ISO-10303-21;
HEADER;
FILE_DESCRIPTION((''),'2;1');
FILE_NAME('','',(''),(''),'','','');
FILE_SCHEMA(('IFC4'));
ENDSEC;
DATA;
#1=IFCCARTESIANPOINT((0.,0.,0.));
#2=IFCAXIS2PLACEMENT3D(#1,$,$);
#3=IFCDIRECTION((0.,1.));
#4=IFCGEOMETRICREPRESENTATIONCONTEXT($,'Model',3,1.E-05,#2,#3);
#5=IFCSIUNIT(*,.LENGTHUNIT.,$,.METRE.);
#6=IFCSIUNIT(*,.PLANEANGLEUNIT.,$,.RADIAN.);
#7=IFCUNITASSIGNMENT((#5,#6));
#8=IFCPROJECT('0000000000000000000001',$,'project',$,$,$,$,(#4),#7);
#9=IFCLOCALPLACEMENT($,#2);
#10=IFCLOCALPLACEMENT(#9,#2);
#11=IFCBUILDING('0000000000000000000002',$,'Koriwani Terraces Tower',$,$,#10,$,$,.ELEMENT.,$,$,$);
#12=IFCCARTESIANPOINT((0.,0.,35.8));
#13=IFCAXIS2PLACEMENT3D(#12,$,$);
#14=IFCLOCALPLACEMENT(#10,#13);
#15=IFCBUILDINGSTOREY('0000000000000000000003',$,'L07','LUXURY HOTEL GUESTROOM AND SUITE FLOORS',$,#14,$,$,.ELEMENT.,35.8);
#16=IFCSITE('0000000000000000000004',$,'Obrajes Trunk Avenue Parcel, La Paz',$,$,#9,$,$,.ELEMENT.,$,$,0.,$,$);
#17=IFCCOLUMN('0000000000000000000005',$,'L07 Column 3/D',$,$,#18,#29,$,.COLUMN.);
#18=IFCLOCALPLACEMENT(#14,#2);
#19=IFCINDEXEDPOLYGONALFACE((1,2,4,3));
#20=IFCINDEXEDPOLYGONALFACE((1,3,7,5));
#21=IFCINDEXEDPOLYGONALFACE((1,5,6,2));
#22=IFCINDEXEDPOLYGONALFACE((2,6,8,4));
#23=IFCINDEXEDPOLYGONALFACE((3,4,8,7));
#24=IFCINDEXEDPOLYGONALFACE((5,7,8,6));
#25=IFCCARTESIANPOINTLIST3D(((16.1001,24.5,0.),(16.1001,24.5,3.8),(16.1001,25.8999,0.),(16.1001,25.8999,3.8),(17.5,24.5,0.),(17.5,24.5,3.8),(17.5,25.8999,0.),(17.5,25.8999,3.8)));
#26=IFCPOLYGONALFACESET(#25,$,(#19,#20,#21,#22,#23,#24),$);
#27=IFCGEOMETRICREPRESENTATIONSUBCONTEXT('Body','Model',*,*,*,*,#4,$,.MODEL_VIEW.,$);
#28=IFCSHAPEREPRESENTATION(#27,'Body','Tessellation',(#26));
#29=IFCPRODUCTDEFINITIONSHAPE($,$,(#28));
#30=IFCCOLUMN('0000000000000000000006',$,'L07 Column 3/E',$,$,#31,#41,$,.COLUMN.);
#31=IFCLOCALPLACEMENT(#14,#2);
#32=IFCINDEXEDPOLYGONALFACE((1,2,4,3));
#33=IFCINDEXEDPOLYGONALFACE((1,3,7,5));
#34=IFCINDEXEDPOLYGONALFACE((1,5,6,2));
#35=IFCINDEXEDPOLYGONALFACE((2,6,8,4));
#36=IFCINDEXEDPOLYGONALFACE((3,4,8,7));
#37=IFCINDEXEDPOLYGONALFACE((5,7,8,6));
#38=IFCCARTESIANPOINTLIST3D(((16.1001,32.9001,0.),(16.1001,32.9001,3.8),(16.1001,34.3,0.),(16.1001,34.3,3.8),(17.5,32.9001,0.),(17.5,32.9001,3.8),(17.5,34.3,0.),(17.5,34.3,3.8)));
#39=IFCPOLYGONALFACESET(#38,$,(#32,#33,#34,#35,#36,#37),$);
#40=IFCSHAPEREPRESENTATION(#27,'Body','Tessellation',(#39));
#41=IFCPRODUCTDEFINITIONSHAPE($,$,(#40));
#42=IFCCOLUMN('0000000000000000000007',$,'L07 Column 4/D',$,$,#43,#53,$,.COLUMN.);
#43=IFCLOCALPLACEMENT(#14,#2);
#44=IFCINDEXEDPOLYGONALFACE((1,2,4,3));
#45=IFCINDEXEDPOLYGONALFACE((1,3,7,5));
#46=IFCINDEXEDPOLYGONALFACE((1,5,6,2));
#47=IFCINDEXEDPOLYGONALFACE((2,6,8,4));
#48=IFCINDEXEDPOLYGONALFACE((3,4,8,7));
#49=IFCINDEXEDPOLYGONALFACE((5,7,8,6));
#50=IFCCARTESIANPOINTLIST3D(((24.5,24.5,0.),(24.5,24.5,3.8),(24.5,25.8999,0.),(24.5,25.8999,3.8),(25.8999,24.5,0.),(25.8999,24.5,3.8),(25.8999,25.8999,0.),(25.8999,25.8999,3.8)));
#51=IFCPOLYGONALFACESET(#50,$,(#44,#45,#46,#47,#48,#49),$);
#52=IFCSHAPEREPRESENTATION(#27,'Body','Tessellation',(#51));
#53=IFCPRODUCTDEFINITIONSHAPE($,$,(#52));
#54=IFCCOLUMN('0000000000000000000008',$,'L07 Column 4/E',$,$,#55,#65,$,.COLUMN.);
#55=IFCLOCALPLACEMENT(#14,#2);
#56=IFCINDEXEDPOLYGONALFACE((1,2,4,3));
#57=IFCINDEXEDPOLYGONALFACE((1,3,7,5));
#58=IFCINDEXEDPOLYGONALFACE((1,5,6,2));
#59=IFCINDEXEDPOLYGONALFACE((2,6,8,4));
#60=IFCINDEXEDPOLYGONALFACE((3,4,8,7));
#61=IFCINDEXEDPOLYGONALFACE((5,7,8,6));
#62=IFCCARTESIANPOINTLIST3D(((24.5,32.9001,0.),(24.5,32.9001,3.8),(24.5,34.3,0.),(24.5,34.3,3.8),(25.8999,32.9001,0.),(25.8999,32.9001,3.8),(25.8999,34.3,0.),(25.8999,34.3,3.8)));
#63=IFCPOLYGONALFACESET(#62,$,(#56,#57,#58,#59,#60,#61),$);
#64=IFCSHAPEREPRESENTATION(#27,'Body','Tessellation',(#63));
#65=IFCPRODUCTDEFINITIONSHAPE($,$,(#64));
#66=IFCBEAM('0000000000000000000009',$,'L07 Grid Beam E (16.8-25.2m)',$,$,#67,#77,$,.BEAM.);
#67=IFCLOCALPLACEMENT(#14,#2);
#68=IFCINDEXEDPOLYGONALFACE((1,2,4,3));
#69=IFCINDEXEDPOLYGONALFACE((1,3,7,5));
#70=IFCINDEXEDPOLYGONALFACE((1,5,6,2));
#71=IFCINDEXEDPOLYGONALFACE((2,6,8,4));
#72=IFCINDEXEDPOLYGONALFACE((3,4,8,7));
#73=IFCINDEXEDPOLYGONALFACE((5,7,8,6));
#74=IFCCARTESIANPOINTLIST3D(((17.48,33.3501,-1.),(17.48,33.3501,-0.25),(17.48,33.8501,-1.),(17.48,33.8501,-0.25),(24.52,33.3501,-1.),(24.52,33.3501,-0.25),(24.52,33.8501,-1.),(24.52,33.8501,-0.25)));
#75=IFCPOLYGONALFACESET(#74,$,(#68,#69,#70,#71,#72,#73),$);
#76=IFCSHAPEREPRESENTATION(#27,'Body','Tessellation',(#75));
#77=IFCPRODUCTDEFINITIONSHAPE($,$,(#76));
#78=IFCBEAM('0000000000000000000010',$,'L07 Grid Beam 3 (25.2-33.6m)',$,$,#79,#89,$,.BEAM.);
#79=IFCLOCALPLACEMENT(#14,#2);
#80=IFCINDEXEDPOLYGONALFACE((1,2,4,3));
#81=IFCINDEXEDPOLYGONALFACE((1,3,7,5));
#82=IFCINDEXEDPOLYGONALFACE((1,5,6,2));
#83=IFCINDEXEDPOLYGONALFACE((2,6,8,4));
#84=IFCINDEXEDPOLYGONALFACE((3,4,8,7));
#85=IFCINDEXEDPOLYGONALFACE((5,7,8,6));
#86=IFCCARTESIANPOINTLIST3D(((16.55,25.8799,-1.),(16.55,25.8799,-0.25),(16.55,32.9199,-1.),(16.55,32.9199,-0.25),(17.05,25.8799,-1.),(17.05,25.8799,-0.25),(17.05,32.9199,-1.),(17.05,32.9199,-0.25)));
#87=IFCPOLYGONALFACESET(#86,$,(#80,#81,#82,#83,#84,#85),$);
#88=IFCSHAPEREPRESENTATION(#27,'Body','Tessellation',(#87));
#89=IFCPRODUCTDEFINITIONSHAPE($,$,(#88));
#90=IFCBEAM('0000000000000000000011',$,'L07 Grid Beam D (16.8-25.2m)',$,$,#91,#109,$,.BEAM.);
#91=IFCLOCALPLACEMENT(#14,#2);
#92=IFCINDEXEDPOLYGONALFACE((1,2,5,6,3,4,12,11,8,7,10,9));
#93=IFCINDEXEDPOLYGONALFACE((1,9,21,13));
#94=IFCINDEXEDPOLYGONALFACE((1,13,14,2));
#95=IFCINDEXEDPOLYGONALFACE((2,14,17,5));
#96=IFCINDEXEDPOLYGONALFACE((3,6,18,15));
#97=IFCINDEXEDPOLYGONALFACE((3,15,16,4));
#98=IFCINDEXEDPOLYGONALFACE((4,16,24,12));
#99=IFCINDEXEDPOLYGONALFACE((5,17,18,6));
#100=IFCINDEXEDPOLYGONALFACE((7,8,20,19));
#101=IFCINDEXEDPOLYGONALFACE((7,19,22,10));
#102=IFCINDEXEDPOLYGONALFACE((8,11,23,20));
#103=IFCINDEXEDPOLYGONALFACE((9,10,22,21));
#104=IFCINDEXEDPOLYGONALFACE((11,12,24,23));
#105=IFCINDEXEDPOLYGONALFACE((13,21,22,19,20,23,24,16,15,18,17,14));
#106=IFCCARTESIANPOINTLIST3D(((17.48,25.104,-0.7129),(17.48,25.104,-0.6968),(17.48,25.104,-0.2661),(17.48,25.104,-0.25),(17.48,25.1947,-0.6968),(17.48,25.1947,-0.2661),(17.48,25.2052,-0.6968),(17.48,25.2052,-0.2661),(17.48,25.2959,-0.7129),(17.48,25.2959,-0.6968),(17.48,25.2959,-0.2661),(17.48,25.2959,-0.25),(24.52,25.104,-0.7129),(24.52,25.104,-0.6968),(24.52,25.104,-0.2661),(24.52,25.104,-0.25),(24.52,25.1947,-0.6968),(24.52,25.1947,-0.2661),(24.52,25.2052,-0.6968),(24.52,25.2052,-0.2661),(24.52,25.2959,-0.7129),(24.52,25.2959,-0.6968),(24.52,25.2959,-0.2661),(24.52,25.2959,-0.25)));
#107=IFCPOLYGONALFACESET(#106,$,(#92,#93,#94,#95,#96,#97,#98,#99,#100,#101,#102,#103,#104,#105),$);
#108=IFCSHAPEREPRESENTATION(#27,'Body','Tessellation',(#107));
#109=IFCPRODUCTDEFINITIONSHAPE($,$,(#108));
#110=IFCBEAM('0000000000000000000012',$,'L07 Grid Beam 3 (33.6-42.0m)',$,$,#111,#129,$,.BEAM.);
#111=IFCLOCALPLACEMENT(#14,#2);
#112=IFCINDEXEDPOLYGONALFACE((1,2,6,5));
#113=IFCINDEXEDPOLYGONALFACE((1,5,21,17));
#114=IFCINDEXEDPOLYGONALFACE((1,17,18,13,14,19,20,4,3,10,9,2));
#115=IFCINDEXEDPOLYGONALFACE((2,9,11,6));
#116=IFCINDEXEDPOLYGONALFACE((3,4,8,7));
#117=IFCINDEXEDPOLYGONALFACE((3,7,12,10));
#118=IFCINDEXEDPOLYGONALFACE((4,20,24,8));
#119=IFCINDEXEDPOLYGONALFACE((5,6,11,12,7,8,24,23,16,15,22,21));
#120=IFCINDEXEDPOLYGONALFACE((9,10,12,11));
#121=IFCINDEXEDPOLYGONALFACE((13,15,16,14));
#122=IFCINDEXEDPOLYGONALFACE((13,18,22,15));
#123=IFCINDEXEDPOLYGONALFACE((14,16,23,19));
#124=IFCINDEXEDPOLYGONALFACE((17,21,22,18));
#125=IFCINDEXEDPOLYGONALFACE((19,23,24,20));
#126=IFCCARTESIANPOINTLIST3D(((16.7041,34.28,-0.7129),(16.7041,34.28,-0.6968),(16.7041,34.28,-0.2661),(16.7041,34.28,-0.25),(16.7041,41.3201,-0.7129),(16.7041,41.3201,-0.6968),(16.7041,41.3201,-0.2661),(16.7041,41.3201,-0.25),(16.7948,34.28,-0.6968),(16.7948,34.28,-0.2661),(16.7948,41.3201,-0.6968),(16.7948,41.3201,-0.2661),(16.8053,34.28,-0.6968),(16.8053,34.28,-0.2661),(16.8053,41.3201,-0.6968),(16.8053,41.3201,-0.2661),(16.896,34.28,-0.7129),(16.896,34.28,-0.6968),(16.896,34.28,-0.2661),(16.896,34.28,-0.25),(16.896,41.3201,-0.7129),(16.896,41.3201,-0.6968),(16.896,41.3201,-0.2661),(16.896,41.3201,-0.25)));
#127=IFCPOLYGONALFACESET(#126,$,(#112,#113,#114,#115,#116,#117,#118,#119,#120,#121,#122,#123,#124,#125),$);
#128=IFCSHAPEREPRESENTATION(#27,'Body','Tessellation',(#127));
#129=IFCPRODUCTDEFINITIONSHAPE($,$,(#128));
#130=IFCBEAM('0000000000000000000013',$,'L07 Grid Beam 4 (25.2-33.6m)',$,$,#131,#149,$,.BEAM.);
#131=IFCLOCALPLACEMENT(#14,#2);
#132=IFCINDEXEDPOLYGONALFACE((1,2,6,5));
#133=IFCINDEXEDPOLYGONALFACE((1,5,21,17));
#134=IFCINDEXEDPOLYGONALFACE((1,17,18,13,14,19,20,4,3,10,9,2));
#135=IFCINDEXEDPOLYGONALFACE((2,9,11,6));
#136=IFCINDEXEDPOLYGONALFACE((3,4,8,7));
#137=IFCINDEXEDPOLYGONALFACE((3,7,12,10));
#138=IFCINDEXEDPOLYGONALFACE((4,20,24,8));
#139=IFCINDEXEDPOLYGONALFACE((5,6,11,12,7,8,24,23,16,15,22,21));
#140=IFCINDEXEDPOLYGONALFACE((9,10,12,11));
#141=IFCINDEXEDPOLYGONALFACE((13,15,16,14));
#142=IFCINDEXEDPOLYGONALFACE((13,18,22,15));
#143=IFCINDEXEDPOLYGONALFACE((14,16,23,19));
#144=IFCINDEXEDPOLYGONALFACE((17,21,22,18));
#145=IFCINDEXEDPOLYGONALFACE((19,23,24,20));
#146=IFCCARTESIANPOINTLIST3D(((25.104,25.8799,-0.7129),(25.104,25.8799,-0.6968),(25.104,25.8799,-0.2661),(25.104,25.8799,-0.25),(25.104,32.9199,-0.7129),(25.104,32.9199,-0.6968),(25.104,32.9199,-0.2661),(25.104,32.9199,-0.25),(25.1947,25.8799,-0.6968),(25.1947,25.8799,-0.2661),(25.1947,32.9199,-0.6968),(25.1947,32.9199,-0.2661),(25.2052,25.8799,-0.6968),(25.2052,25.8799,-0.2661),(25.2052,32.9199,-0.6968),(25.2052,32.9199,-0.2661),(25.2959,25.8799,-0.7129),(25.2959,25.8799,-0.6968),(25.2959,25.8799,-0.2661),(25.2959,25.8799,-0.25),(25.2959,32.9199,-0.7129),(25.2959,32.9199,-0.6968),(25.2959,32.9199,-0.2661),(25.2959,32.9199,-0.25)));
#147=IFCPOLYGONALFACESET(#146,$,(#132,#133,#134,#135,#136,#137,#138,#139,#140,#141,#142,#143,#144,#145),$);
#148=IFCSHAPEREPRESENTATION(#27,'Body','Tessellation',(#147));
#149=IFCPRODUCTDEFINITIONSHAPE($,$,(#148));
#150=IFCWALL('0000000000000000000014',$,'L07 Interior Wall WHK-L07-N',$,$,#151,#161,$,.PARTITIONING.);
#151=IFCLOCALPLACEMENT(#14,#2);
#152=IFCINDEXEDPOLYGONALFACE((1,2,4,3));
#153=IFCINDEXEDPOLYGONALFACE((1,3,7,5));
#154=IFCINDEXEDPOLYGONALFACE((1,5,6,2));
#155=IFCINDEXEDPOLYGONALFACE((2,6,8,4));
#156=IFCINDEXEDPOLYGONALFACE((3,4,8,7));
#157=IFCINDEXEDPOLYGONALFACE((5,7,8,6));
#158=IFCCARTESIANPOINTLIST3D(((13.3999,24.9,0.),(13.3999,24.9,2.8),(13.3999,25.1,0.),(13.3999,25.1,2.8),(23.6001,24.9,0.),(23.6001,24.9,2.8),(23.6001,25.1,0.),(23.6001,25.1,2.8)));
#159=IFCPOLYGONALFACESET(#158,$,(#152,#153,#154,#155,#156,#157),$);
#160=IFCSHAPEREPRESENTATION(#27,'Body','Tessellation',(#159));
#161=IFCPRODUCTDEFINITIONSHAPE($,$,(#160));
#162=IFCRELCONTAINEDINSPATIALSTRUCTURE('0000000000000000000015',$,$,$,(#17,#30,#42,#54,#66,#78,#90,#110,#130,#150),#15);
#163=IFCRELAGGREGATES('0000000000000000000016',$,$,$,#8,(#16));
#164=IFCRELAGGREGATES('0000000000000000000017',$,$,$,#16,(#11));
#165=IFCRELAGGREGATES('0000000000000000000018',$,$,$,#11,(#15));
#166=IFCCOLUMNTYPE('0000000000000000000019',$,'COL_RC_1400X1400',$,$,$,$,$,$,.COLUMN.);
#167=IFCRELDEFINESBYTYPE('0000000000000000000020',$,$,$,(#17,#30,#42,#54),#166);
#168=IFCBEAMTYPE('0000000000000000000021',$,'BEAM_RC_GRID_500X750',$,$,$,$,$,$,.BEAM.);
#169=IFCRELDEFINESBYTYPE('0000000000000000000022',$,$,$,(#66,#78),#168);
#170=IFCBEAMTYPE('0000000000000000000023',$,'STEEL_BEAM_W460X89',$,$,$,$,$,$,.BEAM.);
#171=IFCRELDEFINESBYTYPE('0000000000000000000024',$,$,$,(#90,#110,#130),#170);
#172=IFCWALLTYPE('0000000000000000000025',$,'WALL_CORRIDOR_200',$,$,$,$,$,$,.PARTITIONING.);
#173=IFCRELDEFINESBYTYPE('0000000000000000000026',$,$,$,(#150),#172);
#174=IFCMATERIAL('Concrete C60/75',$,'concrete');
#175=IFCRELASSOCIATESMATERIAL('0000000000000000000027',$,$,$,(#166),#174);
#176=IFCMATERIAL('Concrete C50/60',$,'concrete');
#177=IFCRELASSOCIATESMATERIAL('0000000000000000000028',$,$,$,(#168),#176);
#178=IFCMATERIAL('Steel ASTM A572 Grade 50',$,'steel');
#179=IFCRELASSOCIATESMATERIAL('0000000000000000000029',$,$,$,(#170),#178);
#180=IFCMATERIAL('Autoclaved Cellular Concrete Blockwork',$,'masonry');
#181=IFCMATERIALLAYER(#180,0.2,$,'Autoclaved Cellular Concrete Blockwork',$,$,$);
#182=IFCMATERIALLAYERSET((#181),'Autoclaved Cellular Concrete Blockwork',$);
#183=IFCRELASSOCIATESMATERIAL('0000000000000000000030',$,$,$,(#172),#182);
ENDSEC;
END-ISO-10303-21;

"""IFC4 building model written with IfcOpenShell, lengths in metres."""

from ifc_helpers import new_model, si_unit, direction, frame, frame_2d, origin, origin_2d, place, context, subcontext, project, spatial, rectangle, i_section, extrude, material, layer, layer_set, material_profile, profile_set, type_object, element, save


model = new_model("IFC4")

# Units and contexts
model_context = context("Model", 3, precision=1e-05, world=origin(), true_north=direction((0.0, 1.0)))
body_context = subcontext(model_context, "Body", "Model", "MODEL_VIEW")
ifc_project = project(units=[si_unit("LENGTHUNIT", "METRE"), si_unit("PLANEANGLEUNIT", "RADIAN")], contexts=[model_context])

# Site, building, storey
site_placement = place(None, origin())
site = spatial("IfcSite", under=ifc_project, at=site_placement, Name="Obrajes Trunk Avenue Parcel, La Paz", CompositionType="ELEMENT", RefElevation=0.0)
building_placement = place(site_placement, origin())
building = spatial("IfcBuilding", under=site, at=building_placement, Name="Koriwani Terraces Tower", CompositionType="ELEMENT")
storey_placement = place(building_placement, frame((0.0, 0.0, 35.8)))
storey = spatial("IfcBuildingStorey", under=building, at=storey_placement, Name="L07", Description="LUXURY HOTEL GUESTROOM AND SUITE FLOORS", CompositionType="ELEMENT", Elevation=35.8)

# Columns
ifc_material_1 = material(Name="Concrete C60/75", Category="concrete")
ifc_material_profile_1 = material_profile(ifc_material_1, rectangle(XDim=1.3999, YDim=1.3999, at=origin_2d()), Name="Concrete C60/75", Category="LoadBearing")
ifc_profile_set_1 = profile_set([ifc_material_profile_1], Name="Concrete C60/75")
column_type = type_object("IfcColumnType", Name="COL_RC_1400X1400", PredefinedType="COLUMN", material=ifc_profile_set_1)
for number, where, z_axis, x_axis, name in (
    (1, (16.8, 25.2, 0.0), (0.0, 0.0, 1.0), (1.0, 0.0, 0.0), "L07 Column 3/D"),
    (2, (16.8, 33.6001, 0.0), (0.0, 0.0, 1.0), (1.0, 0.0, 0.0), "L07 Column 3/E"),
    (3, (25.2, 25.2, 0.0), (0.0, 0.0, 1.0), (1.0, 0.0, 0.0), "L07 Column 4/D"),
    (4, (25.2, 33.6001, 0.0), (0.0, 0.0, 1.0), (1.0, 0.0, 0.0), "L07 Column 4/E"),
):
    element("IfcColumn", number, at=place(storey_placement, frame(where, z_axis=z_axis, x_axis=x_axis)), inside=storey, type_object=column_type, Name=name, PredefinedType="COLUMN", context=body_context, shape_type="SweptSolid", body=[
        extrude(rectangle(XDim=1.3999, YDim=1.3999, at=origin_2d()), origin(), (0.0, 0.0, 1.0), 3.8),
    ])

# Beams
ifc_material_2 = material(Name="Concrete C50/60", Category="concrete")
ifc_material_profile_2 = material_profile(ifc_material_2, rectangle(XDim=0.5, YDim=0.75, at=origin_2d()), Name="Concrete C50/60", Category="LoadBearing")
ifc_profile_set_2 = profile_set([ifc_material_profile_2], Name="Concrete C50/60")
beam_type_1 = type_object("IfcBeamType", Name="BEAM_RC_GRID_500X750", PredefinedType="BEAM", material=ifc_profile_set_2)
for number, where, z_axis, x_axis, name in (
    (5, (17.48, 33.6001, -0.625), (1.0, 0.0, 0.0), (0.0, 1.0, 0.0), "L07 Grid Beam E (16.8-25.2m)"),
    (6, (16.8, 25.8799, -0.625), (0.0, 1.0, 0.0), (-1.0, 0.0, 0.0), "L07 Grid Beam 3 (25.2-33.6m)"),
):
    element("IfcBeam", number, at=place(storey_placement, frame(where, z_axis=z_axis, x_axis=x_axis)), inside=storey, type_object=beam_type_1, Name=name, PredefinedType="BEAM", context=body_context, shape_type="SweptSolid", body=[
        extrude(rectangle(XDim=0.5, YDim=0.75, at=origin_2d()), origin(), (0.0, 0.0, 1.0), 7.04),
    ])
ifc_material_3 = material(Name="Steel ASTM A572 Grade 50", Category="steel")
ifc_material_profile_3 = material_profile(ifc_material_3, i_section(OverallWidth=0.1919, OverallDepth=0.4629, WebThickness=0.0105, FlangeThickness=0.0161, at=origin_2d()), Name="Steel ASTM A572 Grade 50", Category="LoadBearing")
ifc_profile_set_3 = profile_set([ifc_material_profile_3], Name="Steel ASTM A572 Grade 50")
beam_type_2 = type_object("IfcBeamType", Name="STEEL_BEAM_W460X89", PredefinedType="BEAM", material=ifc_profile_set_3)
for number, where, z_axis, x_axis, name in (
    (7, (17.48, 25.2, -0.4814), (1.0, 0.0, 0.0), (0.0, 1.0, 0.0), "L07 Grid Beam D (16.8-25.2m)"),
    (8, (16.8, 34.28, -0.4814), (0.0, 1.0, 0.0), (-1.0, 0.0, 0.0), "L07 Grid Beam 3 (33.6-42.0m)"),
    (9, (25.2, 25.8799, -0.4814), (0.0, 1.0, 0.0), (-1.0, 0.0, 0.0), "L07 Grid Beam 4 (25.2-33.6m)"),
):
    element("IfcBeam", number, at=place(storey_placement, frame(where, z_axis=z_axis, x_axis=x_axis)), inside=storey, type_object=beam_type_2, Name=name, PredefinedType="BEAM", context=body_context, shape_type="SweptSolid", body=[
        extrude(i_section(OverallWidth=0.1919, OverallDepth=0.4629, WebThickness=0.0105, FlangeThickness=0.0161, at=origin_2d()), origin(), (0.0, 0.0, 1.0), 7.04),
    ])

# Wall
ifc_material_4 = material(Name="Autoclaved Cellular Concrete Blockwork", Category="masonry")
ifc_layer_1 = layer(ifc_material_4, 0.2, Name="Autoclaved Cellular Concrete Blockwork")
ifc_layer_set_1 = layer_set([ifc_layer_1], Name="Autoclaved Cellular Concrete Blockwork")
wall_type_1 = type_object("IfcWallType", Name="WALL_CORRIDOR_200", PredefinedType="PARTITIONING", material=ifc_layer_set_1)
wall_1_placement = place(storey_placement, frame((13.3999, 25.0, 0.0), z_axis=(0.0, 0.0, 1.0), x_axis=(1.0, 0.0, 0.0)))
element("IfcWall", 10, at=wall_1_placement, inside=storey, type_object=wall_type_1, Name="L07 Interior Wall WHK-L07-N", PredefinedType="PARTITIONING", context=body_context, shape_type="SweptSolid", body=[
    extrude(rectangle(XDim=10.2002, YDim=0.2, at=frame_2d((5.1001, 0.0))), origin(), (0.0, 0.0, 1.0), 2.8),
])

save(model, "model.ifc")
